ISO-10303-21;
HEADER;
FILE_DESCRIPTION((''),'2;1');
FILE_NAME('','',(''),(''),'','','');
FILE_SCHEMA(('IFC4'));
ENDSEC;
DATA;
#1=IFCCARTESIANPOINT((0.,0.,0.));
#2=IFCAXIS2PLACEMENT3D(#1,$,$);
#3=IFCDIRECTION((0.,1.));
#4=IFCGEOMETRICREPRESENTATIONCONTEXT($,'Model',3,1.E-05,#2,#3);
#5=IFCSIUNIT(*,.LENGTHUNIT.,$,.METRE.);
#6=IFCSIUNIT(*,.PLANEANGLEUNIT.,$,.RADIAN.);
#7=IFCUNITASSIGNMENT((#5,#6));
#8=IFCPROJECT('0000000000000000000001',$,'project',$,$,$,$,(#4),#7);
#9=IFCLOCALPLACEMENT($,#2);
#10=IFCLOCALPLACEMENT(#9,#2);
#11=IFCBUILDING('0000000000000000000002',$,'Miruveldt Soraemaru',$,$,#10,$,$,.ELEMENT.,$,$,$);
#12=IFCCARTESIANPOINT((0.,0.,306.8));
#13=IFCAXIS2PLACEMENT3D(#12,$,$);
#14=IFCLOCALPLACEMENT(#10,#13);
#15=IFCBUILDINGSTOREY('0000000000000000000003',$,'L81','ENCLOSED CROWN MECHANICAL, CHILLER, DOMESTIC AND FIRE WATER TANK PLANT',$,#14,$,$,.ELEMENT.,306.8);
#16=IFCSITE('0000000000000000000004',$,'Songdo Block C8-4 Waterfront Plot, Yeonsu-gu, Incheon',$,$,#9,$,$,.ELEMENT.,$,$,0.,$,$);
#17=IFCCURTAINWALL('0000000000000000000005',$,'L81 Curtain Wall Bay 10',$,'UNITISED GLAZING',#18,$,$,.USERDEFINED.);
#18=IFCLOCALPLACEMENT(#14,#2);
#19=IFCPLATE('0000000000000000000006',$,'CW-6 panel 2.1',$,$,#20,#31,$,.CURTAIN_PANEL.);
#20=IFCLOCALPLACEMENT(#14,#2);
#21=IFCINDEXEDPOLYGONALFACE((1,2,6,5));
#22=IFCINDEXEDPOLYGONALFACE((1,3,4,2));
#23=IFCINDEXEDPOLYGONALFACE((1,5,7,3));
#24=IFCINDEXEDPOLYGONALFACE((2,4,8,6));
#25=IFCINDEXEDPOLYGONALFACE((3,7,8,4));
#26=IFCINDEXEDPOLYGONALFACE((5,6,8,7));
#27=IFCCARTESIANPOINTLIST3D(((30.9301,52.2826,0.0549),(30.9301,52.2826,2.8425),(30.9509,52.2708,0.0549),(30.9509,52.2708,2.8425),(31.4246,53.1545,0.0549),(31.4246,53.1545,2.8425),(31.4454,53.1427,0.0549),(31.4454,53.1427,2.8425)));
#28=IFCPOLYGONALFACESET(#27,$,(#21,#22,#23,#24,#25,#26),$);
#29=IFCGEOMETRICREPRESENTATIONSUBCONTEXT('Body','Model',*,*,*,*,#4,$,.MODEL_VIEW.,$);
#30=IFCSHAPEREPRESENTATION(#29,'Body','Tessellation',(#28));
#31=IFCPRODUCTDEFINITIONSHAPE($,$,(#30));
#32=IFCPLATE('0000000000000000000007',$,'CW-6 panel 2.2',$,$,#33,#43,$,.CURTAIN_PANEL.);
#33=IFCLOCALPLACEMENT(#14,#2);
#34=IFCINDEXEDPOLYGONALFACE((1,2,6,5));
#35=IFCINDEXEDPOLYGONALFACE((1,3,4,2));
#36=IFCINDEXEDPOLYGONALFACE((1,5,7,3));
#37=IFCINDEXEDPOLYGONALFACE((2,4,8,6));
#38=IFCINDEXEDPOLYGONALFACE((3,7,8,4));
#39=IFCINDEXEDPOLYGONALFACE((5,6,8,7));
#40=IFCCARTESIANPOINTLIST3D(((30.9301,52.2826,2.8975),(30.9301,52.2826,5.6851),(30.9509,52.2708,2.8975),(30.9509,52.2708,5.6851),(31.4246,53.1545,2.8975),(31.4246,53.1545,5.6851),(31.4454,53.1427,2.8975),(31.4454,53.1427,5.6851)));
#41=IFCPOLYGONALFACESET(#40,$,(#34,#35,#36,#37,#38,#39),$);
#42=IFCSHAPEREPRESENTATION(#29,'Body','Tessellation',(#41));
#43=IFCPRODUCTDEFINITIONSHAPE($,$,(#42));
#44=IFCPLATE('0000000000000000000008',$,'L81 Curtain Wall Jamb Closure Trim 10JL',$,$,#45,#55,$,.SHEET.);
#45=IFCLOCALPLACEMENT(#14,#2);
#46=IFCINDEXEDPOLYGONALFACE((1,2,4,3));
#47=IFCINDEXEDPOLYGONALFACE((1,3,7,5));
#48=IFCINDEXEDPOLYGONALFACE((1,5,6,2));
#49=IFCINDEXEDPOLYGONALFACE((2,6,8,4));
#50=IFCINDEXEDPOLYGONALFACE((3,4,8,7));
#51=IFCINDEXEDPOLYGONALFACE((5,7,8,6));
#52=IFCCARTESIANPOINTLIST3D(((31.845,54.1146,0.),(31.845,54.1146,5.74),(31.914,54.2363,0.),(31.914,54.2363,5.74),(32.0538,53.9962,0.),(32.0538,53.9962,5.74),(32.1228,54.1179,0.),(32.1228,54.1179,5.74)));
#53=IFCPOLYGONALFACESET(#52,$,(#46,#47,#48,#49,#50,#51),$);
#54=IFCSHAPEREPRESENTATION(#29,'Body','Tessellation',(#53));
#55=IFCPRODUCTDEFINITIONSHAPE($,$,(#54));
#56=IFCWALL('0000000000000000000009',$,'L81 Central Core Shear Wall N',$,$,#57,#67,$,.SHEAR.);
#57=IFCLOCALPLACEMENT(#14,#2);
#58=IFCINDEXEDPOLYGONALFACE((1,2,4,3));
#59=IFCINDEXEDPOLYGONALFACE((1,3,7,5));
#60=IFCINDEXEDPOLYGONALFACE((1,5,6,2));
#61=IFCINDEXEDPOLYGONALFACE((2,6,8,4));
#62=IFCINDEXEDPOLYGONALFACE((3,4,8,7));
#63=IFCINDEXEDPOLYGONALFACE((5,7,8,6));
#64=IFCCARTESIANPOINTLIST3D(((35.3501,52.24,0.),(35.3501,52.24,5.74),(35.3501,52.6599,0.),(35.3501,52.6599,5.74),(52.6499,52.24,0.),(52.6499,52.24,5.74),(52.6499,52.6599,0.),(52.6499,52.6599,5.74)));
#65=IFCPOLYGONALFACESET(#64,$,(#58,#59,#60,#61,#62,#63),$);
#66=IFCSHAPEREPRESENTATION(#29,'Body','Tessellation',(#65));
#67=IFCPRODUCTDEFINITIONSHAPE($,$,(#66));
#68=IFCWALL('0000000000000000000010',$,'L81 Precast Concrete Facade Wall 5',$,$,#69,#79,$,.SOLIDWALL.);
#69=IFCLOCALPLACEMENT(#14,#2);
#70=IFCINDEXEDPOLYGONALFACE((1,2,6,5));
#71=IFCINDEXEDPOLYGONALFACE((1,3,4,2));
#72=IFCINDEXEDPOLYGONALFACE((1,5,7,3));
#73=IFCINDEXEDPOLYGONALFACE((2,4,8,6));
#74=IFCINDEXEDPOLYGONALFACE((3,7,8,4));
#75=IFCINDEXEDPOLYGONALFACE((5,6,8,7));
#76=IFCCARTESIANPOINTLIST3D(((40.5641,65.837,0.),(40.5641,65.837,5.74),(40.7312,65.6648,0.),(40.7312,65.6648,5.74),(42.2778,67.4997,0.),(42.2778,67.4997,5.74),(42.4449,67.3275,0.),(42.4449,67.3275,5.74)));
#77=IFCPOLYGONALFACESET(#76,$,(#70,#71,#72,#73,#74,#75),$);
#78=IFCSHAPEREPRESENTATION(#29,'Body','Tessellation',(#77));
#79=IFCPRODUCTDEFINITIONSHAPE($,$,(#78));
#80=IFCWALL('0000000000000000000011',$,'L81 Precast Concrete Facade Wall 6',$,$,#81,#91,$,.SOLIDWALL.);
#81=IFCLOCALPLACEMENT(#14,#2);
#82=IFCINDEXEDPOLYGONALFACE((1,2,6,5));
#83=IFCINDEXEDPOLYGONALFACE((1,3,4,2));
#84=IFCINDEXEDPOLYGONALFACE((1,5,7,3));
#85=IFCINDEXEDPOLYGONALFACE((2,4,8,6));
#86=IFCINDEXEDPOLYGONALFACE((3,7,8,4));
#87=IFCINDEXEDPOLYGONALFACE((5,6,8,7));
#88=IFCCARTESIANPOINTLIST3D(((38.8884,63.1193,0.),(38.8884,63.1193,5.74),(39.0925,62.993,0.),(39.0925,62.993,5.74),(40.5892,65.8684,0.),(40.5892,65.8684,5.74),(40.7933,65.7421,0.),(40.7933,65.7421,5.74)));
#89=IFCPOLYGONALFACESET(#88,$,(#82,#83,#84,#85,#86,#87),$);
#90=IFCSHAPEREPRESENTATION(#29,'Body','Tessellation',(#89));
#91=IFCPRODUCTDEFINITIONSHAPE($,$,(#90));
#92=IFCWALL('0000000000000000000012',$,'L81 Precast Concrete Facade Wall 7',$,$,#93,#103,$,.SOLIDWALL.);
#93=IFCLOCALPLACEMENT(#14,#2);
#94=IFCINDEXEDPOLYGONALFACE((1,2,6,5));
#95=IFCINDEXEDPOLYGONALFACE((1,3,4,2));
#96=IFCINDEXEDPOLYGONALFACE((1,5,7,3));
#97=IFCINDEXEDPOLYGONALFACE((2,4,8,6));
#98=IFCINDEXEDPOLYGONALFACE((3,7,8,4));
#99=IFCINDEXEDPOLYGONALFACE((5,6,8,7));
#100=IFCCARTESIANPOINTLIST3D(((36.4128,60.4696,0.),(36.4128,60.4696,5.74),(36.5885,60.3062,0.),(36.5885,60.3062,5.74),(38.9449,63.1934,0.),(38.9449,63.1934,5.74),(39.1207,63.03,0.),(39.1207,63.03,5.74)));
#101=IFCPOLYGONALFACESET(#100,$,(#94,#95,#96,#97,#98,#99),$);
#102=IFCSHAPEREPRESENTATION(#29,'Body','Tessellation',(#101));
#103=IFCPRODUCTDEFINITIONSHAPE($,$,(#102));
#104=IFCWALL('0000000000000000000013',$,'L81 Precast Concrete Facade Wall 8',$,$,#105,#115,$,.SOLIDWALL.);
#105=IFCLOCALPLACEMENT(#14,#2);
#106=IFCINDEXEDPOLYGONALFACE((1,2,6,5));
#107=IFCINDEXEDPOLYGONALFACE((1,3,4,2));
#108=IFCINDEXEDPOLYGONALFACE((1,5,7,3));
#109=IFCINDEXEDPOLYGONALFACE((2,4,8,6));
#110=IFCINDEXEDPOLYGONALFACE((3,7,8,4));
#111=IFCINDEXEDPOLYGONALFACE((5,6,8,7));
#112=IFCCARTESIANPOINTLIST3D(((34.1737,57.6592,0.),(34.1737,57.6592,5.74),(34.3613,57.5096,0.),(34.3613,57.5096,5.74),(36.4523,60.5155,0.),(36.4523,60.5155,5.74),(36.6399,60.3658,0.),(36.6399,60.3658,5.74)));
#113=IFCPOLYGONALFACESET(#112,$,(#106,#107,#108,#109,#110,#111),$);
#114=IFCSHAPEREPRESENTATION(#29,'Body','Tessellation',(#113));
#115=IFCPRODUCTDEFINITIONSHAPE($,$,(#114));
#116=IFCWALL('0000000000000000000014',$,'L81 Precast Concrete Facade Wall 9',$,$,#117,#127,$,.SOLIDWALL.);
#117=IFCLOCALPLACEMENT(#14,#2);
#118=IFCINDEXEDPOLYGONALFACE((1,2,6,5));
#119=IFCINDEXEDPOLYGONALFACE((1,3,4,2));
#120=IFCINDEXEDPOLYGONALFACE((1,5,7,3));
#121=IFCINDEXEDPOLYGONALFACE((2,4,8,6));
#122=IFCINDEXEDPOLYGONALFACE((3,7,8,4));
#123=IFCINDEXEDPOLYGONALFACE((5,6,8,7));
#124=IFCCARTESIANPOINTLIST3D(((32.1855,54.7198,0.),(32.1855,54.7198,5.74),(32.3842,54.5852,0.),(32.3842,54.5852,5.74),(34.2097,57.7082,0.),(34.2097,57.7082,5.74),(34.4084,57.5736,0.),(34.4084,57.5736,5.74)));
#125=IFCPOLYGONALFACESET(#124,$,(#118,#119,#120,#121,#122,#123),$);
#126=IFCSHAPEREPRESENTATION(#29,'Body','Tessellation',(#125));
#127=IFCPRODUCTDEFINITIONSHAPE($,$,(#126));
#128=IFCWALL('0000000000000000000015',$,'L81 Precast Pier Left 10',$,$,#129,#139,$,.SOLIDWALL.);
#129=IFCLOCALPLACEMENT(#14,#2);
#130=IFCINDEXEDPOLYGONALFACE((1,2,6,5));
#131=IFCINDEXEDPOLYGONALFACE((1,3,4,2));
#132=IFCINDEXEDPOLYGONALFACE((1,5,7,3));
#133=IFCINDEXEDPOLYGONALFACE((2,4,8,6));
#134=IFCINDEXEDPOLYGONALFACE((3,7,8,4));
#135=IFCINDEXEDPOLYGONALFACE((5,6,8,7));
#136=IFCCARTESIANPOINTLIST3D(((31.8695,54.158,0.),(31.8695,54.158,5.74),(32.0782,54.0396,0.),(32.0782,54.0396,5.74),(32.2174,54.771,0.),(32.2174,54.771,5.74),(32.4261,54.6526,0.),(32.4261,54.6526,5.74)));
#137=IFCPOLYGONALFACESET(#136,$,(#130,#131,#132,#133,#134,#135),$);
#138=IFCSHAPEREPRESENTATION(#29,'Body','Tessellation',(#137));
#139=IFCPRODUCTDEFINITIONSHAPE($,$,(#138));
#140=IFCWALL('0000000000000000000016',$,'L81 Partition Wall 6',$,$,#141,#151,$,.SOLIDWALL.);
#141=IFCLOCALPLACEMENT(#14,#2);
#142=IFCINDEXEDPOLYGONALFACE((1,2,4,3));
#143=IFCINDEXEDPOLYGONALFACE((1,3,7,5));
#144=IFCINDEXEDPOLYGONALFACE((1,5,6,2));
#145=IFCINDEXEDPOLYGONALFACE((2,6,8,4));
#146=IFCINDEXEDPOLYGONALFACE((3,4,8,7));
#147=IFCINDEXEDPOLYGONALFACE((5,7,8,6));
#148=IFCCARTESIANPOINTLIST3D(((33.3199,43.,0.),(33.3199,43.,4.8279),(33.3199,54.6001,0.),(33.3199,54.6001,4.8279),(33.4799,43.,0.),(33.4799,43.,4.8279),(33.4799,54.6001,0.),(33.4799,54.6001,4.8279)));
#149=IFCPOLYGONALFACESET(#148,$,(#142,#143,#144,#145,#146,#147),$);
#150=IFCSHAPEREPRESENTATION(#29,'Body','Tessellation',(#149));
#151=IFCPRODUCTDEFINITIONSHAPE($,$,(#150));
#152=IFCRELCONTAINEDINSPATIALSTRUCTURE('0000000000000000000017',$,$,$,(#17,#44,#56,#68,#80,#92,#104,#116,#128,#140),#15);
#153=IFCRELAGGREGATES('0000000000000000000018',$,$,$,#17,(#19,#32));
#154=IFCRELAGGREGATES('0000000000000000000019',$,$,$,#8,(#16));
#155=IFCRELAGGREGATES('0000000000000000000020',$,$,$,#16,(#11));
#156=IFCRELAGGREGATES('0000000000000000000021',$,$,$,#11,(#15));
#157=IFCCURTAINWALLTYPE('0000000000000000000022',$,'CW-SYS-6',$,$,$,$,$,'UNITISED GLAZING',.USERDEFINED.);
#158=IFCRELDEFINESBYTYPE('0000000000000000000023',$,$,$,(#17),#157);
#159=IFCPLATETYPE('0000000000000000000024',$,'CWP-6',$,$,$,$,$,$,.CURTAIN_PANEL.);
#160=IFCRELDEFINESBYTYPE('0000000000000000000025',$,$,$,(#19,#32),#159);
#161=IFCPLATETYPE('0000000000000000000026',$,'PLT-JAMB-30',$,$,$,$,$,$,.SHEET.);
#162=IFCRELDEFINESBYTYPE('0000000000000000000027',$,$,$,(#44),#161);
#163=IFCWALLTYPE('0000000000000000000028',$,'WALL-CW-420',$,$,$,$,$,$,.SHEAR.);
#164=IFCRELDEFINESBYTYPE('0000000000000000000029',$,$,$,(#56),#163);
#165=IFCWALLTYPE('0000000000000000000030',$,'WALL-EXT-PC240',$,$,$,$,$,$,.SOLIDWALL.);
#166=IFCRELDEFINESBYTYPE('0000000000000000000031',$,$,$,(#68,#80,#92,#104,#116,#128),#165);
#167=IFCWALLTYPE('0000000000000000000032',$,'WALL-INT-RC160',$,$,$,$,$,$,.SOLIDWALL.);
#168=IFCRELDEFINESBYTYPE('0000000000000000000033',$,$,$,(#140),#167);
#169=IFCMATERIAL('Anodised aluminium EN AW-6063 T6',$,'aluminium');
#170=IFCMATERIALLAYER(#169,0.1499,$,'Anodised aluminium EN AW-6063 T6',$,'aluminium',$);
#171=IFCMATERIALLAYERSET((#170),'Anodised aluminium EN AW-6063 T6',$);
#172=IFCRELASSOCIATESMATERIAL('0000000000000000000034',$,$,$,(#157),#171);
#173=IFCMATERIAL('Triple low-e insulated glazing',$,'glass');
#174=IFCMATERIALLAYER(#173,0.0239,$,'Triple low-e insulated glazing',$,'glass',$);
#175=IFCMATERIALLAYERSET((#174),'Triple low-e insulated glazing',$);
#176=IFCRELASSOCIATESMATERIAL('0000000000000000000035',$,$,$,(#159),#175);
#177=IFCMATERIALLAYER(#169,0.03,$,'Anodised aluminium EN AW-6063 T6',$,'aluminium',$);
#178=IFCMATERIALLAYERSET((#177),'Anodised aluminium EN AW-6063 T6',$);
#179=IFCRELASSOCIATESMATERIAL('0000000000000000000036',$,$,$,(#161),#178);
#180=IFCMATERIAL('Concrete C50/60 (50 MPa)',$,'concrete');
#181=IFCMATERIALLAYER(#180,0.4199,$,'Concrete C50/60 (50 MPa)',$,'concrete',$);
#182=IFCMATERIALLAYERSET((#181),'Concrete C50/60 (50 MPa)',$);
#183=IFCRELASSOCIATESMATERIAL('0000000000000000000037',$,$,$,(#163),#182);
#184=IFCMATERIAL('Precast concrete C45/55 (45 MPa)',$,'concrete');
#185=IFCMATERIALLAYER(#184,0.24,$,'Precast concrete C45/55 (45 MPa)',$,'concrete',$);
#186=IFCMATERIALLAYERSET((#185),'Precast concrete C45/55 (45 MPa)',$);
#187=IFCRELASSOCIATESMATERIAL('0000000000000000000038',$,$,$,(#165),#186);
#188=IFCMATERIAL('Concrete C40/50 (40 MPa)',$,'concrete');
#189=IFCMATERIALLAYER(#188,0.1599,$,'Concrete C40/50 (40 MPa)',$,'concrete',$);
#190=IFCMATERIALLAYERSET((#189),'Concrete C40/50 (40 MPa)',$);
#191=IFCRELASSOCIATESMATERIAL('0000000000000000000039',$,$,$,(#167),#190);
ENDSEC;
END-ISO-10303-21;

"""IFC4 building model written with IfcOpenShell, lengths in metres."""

from ifc_helpers import new_model, si_unit, direction, frame, frame_2d, origin, origin_2d, place, context, subcontext, project, spatial, rectangle, extrude, material, layer, layer_set, type_object, element, aggregate, save


model = new_model("IFC4")

# Units and contexts
model_context = context("Model", 3, precision=1e-05, world=origin(), true_north=direction((0.0, 1.0)))
body_context = subcontext(model_context, "Body", "Model", "MODEL_VIEW")
ifc_project = project(units=[si_unit("LENGTHUNIT", "METRE"), si_unit("PLANEANGLEUNIT", "RADIAN")], contexts=[model_context])

# Site, building, storey
site_placement = place(None, origin())
site = spatial("IfcSite", under=ifc_project, at=site_placement, Name="Songdo Block C8-4 Waterfront Plot, Yeonsu-gu, Incheon", CompositionType="ELEMENT", RefElevation=0.0)
building_placement = place(site_placement, origin())
building = spatial("IfcBuilding", under=site, at=building_placement, Name="Miruveldt Soraemaru", CompositionType="ELEMENT")
storey_placement = place(building_placement, frame((0.0, 0.0, 306.8)))
storey = spatial("IfcBuildingStorey", under=building, at=storey_placement, Name="L81", Description="ENCLOSED CROWN MECHANICAL, CHILLER, DOMESTIC AND FIRE WATER TANK PLANT", CompositionType="ELEMENT", Elevation=306.8)

# Shared definitions
ifc_material_1 = material(Name="Concrete C50/60 (50 MPa)", Category="concrete")

# Curtain wall, plates
ifc_material_2 = material(Name="Anodised aluminium EN AW-6063 T6", Category="aluminium")
ifc_layer_1 = layer(ifc_material_2, 0.1499, Name="Anodised aluminium EN AW-6063 T6", Category="aluminium")
ifc_layer_set_1 = layer_set([ifc_layer_1], Name="Anodised aluminium EN AW-6063 T6")
curtain_wall_type = type_object("IfcCurtainWallType", Name="CW-SYS-6", ElementType="UNITISED GLAZING", PredefinedType="USERDEFINED", material=ifc_layer_set_1)
curtain_wall_placement = place(storey_placement, origin())
curtain_wall = element("IfcCurtainWall", 1, at=curtain_wall_placement, inside=storey, type_object=curtain_wall_type, Name="L81 Curtain Wall Bay 10", ObjectType="UNITISED GLAZING", PredefinedType="USERDEFINED")
ifc_material_3 = material(Name="Triple low-e insulated glazing", Category="glass")
ifc_layer_2 = layer(ifc_material_3, 0.0239, Name="Triple low-e insulated glazing", Category="glass")
ifc_layer_set_2 = layer_set([ifc_layer_2], Name="Triple low-e insulated glazing")
plate_type_1 = type_object("IfcPlateType", Name="CWP-6", PredefinedType="CURTAIN_PANEL", material=ifc_layer_set_2)
plate_1_placement = place(storey_placement, frame((31.1877, 52.7126, 0.0549), z_axis=(0.0, 0.0, 1.0), x_axis=(-0.493367, -0.869821, 0.0)))
plate_1 = element("IfcPlate", 2, at=plate_1_placement, type_object=plate_type_1, Name="CW-6 panel 2.1", PredefinedType="CURTAIN_PANEL", context=body_context, shape_type="SweptSolid", body=[
    extrude(rectangle(XDim=1.0024, YDim=0.0239, at=origin_2d()), origin(), (0.0, 0.0, 1.0), 2.7876),
])
plate_2_placement = place(storey_placement, frame((31.1877, 52.7126, 2.8975), z_axis=(0.0, 0.0, 1.0), x_axis=(-0.493367, -0.869821, 0.0)))
plate_2 = element("IfcPlate", 3, at=plate_2_placement, type_object=plate_type_1, Name="CW-6 panel 2.2", PredefinedType="CURTAIN_PANEL", context=body_context, shape_type="SweptSolid", body=[
    extrude(rectangle(XDim=1.0024, YDim=0.0239, at=origin_2d()), origin(), (0.0, 0.0, 1.0), 2.7876),
])
aggregate(curtain_wall, [plate_1, plate_2])

# Plate
ifc_layer_3 = layer(ifc_material_2, 0.03, Name="Anodised aluminium EN AW-6063 T6", Category="aluminium")
ifc_layer_set_3 = layer_set([ifc_layer_3], Name="Anodised aluminium EN AW-6063 T6")
plate_type_2 = type_object("IfcPlateType", Name="PLT-JAMB-30", PredefinedType="SHEET", material=ifc_layer_set_3)
plate_3_placement = place(storey_placement, frame((31.9839, 54.1162, 0.0), z_axis=(0.0, 0.0, 1.0), x_axis=(-0.493365, -0.869822, 0.0)))
element("IfcPlate", 4, at=plate_3_placement, inside=storey, type_object=plate_type_2, Name="L81 Curtain Wall Jamb Closure Trim 10JL", PredefinedType="SHEET", context=body_context, shape_type="SweptSolid", body=[
    extrude(rectangle(XDim=0.1399, YDim=0.24, at=origin_2d()), origin(), (0.0, 0.0, 1.0), 5.74),
])

# Walls
ifc_layer_4 = layer(ifc_material_1, 0.4199, Name="Concrete C50/60 (50 MPa)", Category="concrete")
ifc_layer_set_4 = layer_set([ifc_layer_4], Name="Concrete C50/60 (50 MPa)")
wall_type_1 = type_object("IfcWallType", Name="WALL-CW-420", PredefinedType="SHEAR", material=ifc_layer_set_4)
wall_1_placement = place(storey_placement, frame((35.3501, 52.45, 0.0), z_axis=(0.0, 0.0, 1.0), x_axis=(1.0, 0.0, 0.0)))
element("IfcWall", 5, at=wall_1_placement, inside=storey, type_object=wall_type_1, Name="L81 Central Core Shear Wall N", PredefinedType="SHEAR", context=body_context, shape_type="SweptSolid", body=[
    extrude(rectangle(XDim=17.2998, YDim=0.4199, at=frame_2d((8.6499, 0.0))), origin(), (0.0, 0.0, 1.0), 5.74),
])
ifc_material_4 = material(Name="Precast concrete C45/55 (45 MPa)", Category="concrete")
ifc_layer_5 = layer(ifc_material_4, 0.24, Name="Precast concrete C45/55 (45 MPa)", Category="concrete")
ifc_layer_set_5 = layer_set([ifc_layer_5], Name="Precast concrete C45/55 (45 MPa)")
wall_type_2 = type_object("IfcWallType", Name="WALL-EXT-PC240", PredefinedType="SOLIDWALL", material=ifc_layer_set_5)
wall_2_placement = place(storey_placement, frame((42.3613, 67.4136, 0.0), z_axis=(0.0, 0.0, 1.0), x_axis=(-0.717711, -0.696341, 0.0)))
element("IfcWall", 6, at=wall_2_placement, inside=storey, type_object=wall_type_2, Name="L81 Precast Concrete Facade Wall 5", PredefinedType="SOLIDWALL", context=body_context, shape_type="SweptSolid", body=[
    extrude(rectangle(XDim=2.3877, YDim=0.24, at=frame_2d((1.1938, 0.0))), origin(), (0.0, 0.0, 1.0), 5.74),
])
wall_3_placement = place(storey_placement, frame((40.6912, 65.8052, 0.0), z_axis=(0.0, 0.0, 1.0), x_axis=(-0.52611, -0.850416, 0.0)))
element("IfcWall", 7, at=wall_3_placement, inside=storey, type_object=wall_type_2, Name="L81 Precast Concrete Facade Wall 6", PredefinedType="SOLIDWALL", context=body_context, shape_type="SweptSolid", body=[
    extrude(rectangle(XDim=3.2327, YDim=0.24, at=frame_2d((1.6162, 0.0))), origin(), (0.0, 0.0, 1.0), 5.74),
])
wall_4_placement = place(storey_placement, frame((39.0327, 63.1116, 0.0), z_axis=(0.0, 0.0, 1.0), x_axis=(-0.680871, -0.732403, 0.0)))
element("IfcWall", 8, at=wall_4_placement, inside=storey, type_object=wall_type_2, Name="L81 Precast Concrete Facade Wall 7", PredefinedType="SOLIDWALL", context=body_context, shape_type="SweptSolid", body=[
    extrude(rectangle(XDim=3.719, YDim=0.24, at=frame_2d((1.8594, 0.0))), origin(), (0.0, 0.0, 1.0), 5.74),
])
wall_5_placement = place(storey_placement, frame((36.5461, 60.4407, 0.0), z_axis=(0.0, 0.0, 1.0), x_axis=(-0.623627, -0.781722, 0.0)))
element("IfcWall", 9, at=wall_5_placement, inside=storey, type_object=wall_type_2, Name="L81 Precast Concrete Facade Wall 8", PredefinedType="SOLIDWALL", context=body_context, shape_type="SweptSolid", body=[
    extrude(rectangle(XDim=3.6538, YDim=0.24, at=frame_2d((1.8269, 0.0))), origin(), (0.0, 0.0, 1.0), 5.74),
])
wall_6_placement = place(storey_placement, frame((34.3091, 57.6409, 0.0), z_axis=(0.0, 0.0, 1.0), x_axis=(-0.56082, -0.827938, 0.0)))
element("IfcWall", 10, at=wall_6_placement, inside=storey, type_object=wall_type_2, Name="L81 Precast Concrete Facade Wall 9", PredefinedType="SOLIDWALL", context=body_context, shape_type="SweptSolid", body=[
    extrude(rectangle(XDim=3.6094, YDim=0.24, at=frame_2d((1.8047, 0.0))), origin(), (0.0, 0.0, 1.0), 5.74),
])
wall_7_placement = place(storey_placement, frame((32.3218, 54.7119, 0.0), z_axis=(0.0, 0.0, 1.0), x_axis=(-0.493563, -0.86971, 0.0)))
element("IfcWall", 11, at=wall_7_placement, inside=storey, type_object=wall_type_2, Name="L81 Precast Pier Left 10", PredefinedType="SOLIDWALL", context=body_context, shape_type="SweptSolid", body=[
    extrude(rectangle(XDim=0.7048, YDim=0.24, at=frame_2d((0.3525, 0.0))), origin(), (0.0, 0.0, 1.0), 5.74),
])
ifc_material_5 = material(Name="Concrete C40/50 (40 MPa)", Category="concrete")
ifc_layer_6 = layer(ifc_material_5, 0.1599, Name="Concrete C40/50 (40 MPa)", Category="concrete")
ifc_layer_set_6 = layer_set([ifc_layer_6], Name="Concrete C40/50 (40 MPa)")
wall_type_3 = type_object("IfcWallType", Name="WALL-INT-RC160", PredefinedType="SOLIDWALL", material=ifc_layer_set_6)
wall_8_placement = place(storey_placement, frame((33.3999, 54.6001, 0.0), z_axis=(0.0, 0.0, 1.0), x_axis=(0.0, -1.0, 0.0)))
element("IfcWall", 12, at=wall_8_placement, inside=storey, type_object=wall_type_3, Name="L81 Partition Wall 6", PredefinedType="SOLIDWALL", context=body_context, shape_type="SweptSolid", body=[
    extrude(rectangle(XDim=11.6001, YDim=0.1599, at=frame_2d((5.8, 0.0))), origin(), (0.0, 0.0, 1.0), 4.8279),
])

save(model, "model.ifc")
